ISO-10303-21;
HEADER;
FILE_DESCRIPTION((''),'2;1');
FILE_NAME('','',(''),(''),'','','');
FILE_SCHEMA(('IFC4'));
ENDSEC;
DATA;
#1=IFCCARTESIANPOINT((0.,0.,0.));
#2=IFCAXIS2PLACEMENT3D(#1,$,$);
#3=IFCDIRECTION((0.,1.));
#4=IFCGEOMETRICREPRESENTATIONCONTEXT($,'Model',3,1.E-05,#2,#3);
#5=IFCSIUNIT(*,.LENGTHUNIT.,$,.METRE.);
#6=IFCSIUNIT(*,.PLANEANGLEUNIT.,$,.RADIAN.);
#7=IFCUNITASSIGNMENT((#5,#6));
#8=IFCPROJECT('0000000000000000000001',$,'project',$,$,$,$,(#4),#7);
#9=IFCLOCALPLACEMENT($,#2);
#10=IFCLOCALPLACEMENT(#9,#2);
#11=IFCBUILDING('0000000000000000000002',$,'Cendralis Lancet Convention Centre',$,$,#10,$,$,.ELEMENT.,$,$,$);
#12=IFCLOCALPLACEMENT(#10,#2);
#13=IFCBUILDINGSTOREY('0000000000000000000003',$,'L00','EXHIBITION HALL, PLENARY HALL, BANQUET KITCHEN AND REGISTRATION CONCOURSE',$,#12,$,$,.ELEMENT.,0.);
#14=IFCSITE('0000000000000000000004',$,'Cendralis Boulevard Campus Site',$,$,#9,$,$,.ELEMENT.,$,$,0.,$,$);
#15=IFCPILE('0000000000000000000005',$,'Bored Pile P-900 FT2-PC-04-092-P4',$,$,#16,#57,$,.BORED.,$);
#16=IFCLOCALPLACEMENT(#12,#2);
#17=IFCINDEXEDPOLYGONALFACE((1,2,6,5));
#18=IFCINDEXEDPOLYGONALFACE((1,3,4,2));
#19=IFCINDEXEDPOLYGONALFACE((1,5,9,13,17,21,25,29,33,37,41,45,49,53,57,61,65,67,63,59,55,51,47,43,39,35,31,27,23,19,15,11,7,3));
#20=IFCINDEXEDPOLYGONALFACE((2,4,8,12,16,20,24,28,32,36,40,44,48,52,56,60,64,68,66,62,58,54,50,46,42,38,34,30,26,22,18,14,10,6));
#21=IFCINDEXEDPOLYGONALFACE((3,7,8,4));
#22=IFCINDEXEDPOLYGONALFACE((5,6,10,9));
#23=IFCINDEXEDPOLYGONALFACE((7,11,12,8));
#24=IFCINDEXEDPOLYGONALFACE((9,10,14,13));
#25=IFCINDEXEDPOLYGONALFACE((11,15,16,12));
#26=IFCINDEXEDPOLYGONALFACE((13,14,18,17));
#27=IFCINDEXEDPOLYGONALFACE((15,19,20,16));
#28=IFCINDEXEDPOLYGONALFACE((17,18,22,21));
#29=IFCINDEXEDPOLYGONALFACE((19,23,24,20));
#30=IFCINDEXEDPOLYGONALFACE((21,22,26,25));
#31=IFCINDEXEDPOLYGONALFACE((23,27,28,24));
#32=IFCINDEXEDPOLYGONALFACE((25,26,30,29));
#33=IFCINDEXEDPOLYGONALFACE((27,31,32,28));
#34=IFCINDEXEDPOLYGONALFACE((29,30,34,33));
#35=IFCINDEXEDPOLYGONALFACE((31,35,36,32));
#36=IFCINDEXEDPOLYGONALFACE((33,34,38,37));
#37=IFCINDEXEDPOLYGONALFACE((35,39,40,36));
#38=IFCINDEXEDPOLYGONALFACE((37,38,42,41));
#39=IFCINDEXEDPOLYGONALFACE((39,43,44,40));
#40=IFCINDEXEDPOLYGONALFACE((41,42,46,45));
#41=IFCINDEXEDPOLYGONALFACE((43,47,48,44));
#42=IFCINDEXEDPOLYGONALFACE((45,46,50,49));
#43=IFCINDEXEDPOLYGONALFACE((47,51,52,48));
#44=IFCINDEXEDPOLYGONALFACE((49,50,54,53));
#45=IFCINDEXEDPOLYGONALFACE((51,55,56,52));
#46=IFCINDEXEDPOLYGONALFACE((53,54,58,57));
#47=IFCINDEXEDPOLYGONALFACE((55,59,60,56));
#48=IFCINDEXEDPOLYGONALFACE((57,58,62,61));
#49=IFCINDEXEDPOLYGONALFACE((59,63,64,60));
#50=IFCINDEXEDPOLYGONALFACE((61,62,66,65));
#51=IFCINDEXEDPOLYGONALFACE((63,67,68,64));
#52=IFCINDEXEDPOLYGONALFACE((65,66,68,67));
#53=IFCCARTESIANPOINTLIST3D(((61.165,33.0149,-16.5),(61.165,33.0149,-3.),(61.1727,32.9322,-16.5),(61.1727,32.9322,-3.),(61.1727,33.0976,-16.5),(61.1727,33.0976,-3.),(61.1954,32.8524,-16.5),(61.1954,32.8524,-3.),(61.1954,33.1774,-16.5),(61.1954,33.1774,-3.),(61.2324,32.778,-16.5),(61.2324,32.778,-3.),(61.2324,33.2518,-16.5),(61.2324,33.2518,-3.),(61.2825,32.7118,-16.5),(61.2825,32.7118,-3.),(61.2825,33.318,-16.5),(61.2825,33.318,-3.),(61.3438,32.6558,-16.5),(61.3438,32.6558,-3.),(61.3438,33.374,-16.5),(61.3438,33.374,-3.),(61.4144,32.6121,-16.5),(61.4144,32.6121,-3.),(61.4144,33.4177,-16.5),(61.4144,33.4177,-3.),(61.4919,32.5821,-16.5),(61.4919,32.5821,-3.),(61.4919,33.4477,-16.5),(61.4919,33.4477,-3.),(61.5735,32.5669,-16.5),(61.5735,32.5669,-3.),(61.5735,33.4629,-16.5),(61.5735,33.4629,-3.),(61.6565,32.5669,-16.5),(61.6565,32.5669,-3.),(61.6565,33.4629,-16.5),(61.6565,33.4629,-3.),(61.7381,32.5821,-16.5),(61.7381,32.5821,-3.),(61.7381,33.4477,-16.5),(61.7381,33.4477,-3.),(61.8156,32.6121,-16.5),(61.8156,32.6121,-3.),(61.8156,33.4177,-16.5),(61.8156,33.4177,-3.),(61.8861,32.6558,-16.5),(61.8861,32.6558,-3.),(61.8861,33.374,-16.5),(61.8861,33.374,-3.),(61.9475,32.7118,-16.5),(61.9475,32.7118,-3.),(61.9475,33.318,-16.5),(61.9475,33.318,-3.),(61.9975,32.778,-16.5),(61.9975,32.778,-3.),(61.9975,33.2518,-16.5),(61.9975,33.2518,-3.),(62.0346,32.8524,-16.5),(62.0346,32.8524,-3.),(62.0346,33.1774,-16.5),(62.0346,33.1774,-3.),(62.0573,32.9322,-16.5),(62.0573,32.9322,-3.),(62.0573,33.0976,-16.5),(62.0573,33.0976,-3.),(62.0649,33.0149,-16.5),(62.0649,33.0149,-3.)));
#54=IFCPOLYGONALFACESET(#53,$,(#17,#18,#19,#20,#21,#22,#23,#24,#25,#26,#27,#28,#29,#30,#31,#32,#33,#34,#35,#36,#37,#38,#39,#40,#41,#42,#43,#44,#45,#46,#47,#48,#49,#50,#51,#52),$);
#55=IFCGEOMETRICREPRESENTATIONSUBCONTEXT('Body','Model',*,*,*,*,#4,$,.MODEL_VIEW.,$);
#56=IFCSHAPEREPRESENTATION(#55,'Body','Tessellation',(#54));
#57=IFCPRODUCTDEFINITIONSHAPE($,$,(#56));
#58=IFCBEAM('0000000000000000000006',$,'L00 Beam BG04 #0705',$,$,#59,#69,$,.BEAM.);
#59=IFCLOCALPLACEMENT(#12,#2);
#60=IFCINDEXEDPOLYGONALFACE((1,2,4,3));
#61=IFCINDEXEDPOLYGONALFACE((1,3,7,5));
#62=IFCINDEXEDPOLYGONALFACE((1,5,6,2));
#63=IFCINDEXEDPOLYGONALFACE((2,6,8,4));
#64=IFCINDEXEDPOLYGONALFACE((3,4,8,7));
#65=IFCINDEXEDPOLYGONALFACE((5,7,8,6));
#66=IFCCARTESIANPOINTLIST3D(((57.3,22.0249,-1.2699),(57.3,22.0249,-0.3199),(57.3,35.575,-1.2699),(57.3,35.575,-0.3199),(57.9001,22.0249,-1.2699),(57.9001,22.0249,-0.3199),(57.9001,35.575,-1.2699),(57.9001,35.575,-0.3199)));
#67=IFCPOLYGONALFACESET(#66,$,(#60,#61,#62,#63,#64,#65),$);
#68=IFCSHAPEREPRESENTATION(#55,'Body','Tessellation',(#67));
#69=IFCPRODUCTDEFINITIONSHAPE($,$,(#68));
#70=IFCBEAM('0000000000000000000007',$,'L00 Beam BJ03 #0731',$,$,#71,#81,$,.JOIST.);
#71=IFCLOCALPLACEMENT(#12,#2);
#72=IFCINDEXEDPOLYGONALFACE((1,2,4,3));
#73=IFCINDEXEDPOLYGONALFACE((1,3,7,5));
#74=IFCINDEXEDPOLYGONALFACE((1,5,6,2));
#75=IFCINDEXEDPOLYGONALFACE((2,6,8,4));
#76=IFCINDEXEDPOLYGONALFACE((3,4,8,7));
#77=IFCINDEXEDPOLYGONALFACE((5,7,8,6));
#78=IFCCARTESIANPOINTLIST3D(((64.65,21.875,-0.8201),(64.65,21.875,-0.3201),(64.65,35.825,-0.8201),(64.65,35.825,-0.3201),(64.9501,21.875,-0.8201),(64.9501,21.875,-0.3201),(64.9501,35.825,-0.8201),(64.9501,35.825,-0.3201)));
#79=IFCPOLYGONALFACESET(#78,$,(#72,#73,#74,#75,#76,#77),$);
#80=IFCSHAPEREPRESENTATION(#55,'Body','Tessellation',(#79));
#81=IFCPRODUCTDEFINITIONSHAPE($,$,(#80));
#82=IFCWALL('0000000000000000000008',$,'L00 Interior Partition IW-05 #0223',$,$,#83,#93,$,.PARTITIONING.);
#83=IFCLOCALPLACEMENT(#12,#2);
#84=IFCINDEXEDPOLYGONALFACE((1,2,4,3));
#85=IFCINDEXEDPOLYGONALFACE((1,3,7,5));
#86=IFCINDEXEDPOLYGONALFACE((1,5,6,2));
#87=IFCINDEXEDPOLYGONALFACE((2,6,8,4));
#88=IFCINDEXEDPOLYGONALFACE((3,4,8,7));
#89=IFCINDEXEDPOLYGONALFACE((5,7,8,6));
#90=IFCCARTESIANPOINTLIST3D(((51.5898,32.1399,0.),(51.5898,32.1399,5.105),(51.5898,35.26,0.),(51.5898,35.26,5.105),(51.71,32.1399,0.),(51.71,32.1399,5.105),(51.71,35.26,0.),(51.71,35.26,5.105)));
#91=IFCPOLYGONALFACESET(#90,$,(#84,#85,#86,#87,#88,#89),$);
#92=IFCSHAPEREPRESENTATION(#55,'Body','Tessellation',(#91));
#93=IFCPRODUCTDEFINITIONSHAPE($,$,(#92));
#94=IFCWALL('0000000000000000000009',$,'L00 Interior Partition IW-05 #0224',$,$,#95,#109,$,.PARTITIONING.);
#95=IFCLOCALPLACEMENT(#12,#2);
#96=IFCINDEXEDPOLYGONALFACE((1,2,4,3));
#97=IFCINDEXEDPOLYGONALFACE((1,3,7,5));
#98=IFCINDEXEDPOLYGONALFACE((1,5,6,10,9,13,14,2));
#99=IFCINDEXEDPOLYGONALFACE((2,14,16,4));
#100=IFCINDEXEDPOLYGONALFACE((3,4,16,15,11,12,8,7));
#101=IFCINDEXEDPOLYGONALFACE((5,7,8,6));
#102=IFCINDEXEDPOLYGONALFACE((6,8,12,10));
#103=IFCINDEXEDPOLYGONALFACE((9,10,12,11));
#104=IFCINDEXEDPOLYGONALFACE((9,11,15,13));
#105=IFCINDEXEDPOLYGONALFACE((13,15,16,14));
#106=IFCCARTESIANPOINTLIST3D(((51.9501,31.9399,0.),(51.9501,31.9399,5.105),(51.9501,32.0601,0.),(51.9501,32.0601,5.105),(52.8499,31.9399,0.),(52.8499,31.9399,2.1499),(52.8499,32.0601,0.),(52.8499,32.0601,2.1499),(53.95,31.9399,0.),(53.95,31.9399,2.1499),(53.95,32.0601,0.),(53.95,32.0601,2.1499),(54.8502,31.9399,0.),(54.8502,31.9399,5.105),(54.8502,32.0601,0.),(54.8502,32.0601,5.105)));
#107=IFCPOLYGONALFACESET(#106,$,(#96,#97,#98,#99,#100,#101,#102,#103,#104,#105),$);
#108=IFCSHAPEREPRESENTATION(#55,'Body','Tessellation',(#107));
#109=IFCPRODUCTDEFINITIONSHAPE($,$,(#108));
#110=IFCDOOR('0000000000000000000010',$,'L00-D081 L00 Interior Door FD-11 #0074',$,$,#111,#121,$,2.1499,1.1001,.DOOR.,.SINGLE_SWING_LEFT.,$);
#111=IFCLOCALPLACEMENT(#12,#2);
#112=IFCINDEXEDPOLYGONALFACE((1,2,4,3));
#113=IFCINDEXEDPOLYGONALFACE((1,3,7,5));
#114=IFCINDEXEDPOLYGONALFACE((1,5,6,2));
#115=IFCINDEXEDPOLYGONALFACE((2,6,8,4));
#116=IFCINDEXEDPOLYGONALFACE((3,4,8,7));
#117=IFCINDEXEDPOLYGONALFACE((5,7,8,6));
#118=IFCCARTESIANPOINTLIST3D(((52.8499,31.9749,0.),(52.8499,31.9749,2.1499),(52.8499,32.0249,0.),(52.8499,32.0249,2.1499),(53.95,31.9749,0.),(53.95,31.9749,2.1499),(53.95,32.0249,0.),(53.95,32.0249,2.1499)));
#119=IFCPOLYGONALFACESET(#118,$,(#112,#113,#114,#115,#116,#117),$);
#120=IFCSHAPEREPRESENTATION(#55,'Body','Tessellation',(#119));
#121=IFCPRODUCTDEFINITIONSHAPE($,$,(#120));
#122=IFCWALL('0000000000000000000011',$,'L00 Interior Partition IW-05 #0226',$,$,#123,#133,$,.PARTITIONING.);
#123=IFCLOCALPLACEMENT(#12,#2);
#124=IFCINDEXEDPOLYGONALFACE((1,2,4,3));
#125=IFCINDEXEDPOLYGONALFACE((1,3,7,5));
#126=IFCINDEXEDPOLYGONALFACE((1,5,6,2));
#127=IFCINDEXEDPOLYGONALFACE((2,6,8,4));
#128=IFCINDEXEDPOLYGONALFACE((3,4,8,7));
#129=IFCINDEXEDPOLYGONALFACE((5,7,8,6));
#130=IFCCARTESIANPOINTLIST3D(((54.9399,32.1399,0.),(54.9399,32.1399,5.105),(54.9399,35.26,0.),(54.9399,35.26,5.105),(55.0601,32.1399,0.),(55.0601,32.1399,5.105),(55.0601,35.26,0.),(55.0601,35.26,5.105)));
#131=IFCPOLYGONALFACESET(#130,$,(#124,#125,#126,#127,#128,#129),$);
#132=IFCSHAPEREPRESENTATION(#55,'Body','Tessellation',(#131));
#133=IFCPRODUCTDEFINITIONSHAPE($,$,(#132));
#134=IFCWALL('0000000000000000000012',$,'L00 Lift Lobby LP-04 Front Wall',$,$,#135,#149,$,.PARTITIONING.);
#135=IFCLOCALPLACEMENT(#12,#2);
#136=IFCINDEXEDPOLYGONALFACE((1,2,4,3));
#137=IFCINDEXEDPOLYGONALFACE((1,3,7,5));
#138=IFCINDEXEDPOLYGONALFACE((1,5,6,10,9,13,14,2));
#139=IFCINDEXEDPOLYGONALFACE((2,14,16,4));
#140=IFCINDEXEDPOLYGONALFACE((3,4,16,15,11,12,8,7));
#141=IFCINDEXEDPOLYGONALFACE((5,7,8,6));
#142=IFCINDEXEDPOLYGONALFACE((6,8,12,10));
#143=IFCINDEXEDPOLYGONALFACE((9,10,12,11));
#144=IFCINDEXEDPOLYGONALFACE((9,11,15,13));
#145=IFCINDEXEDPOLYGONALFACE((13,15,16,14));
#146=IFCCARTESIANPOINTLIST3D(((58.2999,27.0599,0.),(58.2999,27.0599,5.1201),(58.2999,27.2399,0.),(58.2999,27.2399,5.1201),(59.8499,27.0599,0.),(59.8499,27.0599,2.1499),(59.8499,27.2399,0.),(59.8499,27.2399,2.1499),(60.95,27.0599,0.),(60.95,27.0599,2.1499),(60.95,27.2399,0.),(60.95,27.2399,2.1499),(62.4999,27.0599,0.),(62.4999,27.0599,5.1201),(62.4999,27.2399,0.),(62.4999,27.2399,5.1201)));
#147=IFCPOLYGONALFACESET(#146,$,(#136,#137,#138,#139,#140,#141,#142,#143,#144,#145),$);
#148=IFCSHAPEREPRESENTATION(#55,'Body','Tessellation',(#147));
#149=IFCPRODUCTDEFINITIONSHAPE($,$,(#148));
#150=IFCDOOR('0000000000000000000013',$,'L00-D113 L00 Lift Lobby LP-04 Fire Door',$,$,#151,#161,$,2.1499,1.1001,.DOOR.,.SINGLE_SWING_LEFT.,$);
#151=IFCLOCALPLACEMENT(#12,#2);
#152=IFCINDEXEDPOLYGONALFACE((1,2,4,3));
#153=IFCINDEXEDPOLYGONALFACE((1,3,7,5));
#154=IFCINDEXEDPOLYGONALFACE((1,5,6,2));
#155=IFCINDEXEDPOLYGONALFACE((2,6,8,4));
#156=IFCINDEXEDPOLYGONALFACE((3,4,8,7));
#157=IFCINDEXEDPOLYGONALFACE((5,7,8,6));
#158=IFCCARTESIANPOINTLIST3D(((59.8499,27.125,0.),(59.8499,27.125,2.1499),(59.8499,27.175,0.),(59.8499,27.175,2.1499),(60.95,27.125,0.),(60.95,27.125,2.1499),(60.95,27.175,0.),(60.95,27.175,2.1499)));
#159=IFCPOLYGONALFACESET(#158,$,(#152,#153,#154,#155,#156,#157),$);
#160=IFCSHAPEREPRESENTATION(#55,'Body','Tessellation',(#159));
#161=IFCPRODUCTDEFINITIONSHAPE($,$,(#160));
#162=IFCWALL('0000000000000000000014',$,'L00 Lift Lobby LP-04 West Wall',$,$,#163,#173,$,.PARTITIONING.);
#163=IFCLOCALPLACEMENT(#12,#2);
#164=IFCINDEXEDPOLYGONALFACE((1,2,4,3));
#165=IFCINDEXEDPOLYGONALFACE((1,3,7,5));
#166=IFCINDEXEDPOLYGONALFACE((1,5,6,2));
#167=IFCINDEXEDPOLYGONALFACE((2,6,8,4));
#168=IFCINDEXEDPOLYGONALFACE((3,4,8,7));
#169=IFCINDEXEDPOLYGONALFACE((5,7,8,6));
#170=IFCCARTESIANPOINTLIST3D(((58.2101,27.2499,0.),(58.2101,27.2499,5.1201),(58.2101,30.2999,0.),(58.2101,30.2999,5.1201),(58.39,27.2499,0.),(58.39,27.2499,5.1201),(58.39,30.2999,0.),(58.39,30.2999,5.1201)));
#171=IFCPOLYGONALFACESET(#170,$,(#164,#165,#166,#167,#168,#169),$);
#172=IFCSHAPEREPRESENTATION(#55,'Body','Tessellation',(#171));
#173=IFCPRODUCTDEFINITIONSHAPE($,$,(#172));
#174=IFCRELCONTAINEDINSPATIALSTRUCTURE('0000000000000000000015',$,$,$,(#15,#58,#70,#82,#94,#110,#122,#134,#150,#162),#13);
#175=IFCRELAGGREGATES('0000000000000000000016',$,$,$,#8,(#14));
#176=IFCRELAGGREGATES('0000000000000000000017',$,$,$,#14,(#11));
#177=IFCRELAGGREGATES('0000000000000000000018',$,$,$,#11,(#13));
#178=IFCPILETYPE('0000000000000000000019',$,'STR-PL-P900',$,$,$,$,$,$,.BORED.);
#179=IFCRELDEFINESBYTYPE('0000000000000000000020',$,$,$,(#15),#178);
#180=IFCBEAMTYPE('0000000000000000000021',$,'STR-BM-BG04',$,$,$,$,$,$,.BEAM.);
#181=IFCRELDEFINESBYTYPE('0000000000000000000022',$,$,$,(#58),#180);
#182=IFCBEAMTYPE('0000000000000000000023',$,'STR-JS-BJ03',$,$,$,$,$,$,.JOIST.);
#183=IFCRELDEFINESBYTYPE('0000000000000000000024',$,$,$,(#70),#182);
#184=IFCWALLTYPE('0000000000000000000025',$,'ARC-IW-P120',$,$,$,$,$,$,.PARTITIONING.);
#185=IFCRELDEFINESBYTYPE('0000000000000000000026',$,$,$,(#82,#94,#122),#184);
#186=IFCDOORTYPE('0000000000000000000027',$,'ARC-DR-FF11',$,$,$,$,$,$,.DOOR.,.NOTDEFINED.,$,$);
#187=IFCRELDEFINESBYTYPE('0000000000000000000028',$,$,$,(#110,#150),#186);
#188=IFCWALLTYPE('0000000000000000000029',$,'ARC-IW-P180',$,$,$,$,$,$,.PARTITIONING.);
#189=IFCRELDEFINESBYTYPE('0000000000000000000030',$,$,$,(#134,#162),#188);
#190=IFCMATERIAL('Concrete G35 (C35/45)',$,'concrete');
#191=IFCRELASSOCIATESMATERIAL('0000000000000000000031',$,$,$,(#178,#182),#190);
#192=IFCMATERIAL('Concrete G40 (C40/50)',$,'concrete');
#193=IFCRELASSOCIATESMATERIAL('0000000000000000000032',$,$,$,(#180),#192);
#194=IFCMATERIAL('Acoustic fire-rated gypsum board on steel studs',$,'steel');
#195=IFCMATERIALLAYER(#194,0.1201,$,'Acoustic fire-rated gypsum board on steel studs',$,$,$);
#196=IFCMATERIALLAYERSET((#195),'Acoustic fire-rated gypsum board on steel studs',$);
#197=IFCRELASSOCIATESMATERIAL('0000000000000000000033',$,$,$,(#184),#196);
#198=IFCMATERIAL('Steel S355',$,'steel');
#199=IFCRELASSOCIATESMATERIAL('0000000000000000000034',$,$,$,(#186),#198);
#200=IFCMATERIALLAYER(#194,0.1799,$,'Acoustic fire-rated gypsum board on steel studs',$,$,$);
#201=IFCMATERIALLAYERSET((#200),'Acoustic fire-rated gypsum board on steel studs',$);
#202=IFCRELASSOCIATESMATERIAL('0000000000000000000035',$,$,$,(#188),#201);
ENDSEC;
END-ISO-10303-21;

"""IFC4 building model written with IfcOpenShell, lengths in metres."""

from ifc_helpers import new_model, si_unit, direction, frame, frame_2d, origin, origin_2d, place, context, subcontext, project, spatial, rectangle, circle, extrude, material, layer, layer_set, material_profile, profile_set, type_object, element, fill, save


model = new_model("IFC4")

# Units and contexts
model_context = context("Model", 3, precision=1e-05, world=origin(), true_north=direction((0.0, 1.0)))
body_context = subcontext(model_context, "Body", "Model", "MODEL_VIEW")
ifc_project = project(units=[si_unit("LENGTHUNIT", "METRE"), si_unit("PLANEANGLEUNIT", "RADIAN")], contexts=[model_context])

# Site, building, storey
site_placement = place(None, origin())
site = spatial("IfcSite", under=ifc_project, at=site_placement, Name="Cendralis Boulevard Campus Site", CompositionType="ELEMENT", RefElevation=0.0)
building_placement = place(site_placement, origin())
building = spatial("IfcBuilding", under=site, at=building_placement, Name="Cendralis Lancet Convention Centre", CompositionType="ELEMENT")
storey_placement = place(building_placement, origin())
storey = spatial("IfcBuildingStorey", under=building, at=storey_placement, Name="L00", Description="EXHIBITION HALL, PLENARY HALL, BANQUET KITCHEN AND REGISTRATION CONCOURSE", CompositionType="ELEMENT", Elevation=0.0)

# Shared definitions
ifc_material_1 = material(Name="Concrete G35 (C35/45)", Category="concrete")

# Pile
ifc_material_profile_1 = material_profile(ifc_material_1, circle(Radius=0.45, at=origin_2d()), Name="BORED PILE D900")
ifc_profile_set_1 = profile_set([ifc_material_profile_1], Name="Concrete G35 (C35/45)")
pile_type_1 = type_object("IfcPileType", Name="STR-PL-P900", PredefinedType="BORED", material=ifc_profile_set_1)
for number, where, z_axis, x_axis, name in (
    (1, (61.615, 33.0149, -3.0), (0.0, 0.0, -1.0), (1.0, 0.0, 0.0), "Bored Pile P-900 FT2-PC-04-092-P4"),
):
    element("IfcPile", number, at=place(storey_placement, frame(where, z_axis=z_axis, x_axis=x_axis)), inside=storey, type_object=pile_type_1, Name=name, PredefinedType="BORED", context=body_context, shape_type="SweptSolid", body=[
        extrude(circle(Radius=0.45, at=origin_2d()), origin(), (0.0, 0.0, 1.0), 13.5),
    ])

# Beams
ifc_material_2 = material(Name="Concrete G40 (C40/50)", Category="concrete")
ifc_material_profile_2 = material_profile(ifc_material_2, rectangle(XDim=0.6001, YDim=0.95, at=origin_2d()), Name="RCB 600x950")
ifc_profile_set_2 = profile_set([ifc_material_profile_2], Name="Concrete G40 (C40/50)")
beam_type_1 = type_object("IfcBeamType", Name="STR-BM-BG04", PredefinedType="BEAM", material=ifc_profile_set_2)
beam_1_placement = place(storey_placement, frame((57.6001, 22.0249, -0.7949), z_axis=(0.0, 1.0, 0.0), x_axis=(-1.0, 0.0, 0.0)))
element("IfcBeam", 2, at=beam_1_placement, inside=storey, type_object=beam_type_1, Name="L00 Beam BG04 #0705", PredefinedType="BEAM", context=body_context, shape_type="SweptSolid", body=[
    extrude(rectangle(XDim=0.6001, YDim=0.95, at=origin_2d()), origin(), (0.0, 0.0, 1.0), 13.55),
])
ifc_material_profile_3 = material_profile(ifc_material_1, rectangle(XDim=0.3, YDim=0.5, at=origin_2d()), Name="RCB 300x500")
ifc_profile_set_3 = profile_set([ifc_material_profile_3], Name="Concrete G35 (C35/45)")
beam_type_2 = type_object("IfcBeamType", Name="STR-JS-BJ03", PredefinedType="JOIST", material=ifc_profile_set_3)
beam_2_placement = place(storey_placement, frame((64.8, 21.875, -0.5701), z_axis=(0.0, 1.0, 0.0), x_axis=(-1.0, 0.0, 0.0)))
element("IfcBeam", 3, at=beam_2_placement, inside=storey, type_object=beam_type_2, Name="L00 Beam BJ03 #0731", PredefinedType="JOIST", context=body_context, shape_type="SweptSolid", body=[
    extrude(rectangle(XDim=0.3, YDim=0.5, at=origin_2d()), origin(), (0.0, 0.0, 1.0), 13.95),
])

# Wall
ifc_material_3 = material(Name="Acoustic fire-rated gypsum board on steel studs", Category="steel")
ifc_layer_1 = layer(ifc_material_3, 0.1201, Name="Acoustic fire-rated gypsum board on steel studs")
ifc_layer_set_1 = layer_set([ifc_layer_1], Name="Acoustic fire-rated gypsum board on steel studs")
wall_type_1 = type_object("IfcWallType", Name="ARC-IW-P120", PredefinedType="PARTITIONING", material=ifc_layer_set_1)
wall_1_placement = place(storey_placement, frame((51.6499, 32.1399, 0.0), z_axis=(0.0, 0.0, 1.0), x_axis=(0.0, 1.0, 0.0)))
element("IfcWall", 4, at=wall_1_placement, inside=storey, type_object=wall_type_1, Name="L00 Interior Partition IW-05 #0223", PredefinedType="PARTITIONING", context=body_context, shape_type="SweptSolid", body=[
    extrude(rectangle(XDim=3.1201, YDim=0.1201, at=frame_2d((1.5601, 0.0))), origin(), (0.0, 0.0, 1.0), 5.105),
])

# Wall, opening, door
wall_2_placement = place(storey_placement, frame((51.95, 32.0, 0.0), z_axis=(0.0, 0.0, 1.0), x_axis=(1.0, 0.0, 0.0)))
wall_2 = element("IfcWall", 5, at=wall_2_placement, inside=storey, type_object=wall_type_1, Name="L00 Interior Partition IW-05 #0224", PredefinedType="PARTITIONING", context=body_context, shape_type="SweptSolid", body=[
    extrude(rectangle(XDim=2.9001, YDim=0.1201, at=frame_2d((1.4502, 0.0))), origin(), (0.0, 0.0, 1.0), 5.105),
])
opening_1_placement = place(wall_2_placement, frame((0.8999, 0.0, 0.0)))
opening_1 = element("IfcOpeningElement", 6, at=opening_1_placement, cuts=wall_2, PredefinedType="OPENING", context=body_context, shape_type="SweptSolid", body=[
    extrude(rectangle(XDim=1.1001, YDim=2.1499, at=frame_2d((0.55, 1.075))), frame((0.0, 0.0701, 0.0), z_axis=(0.0, -1.0, 0.0), x_axis=(1.0, 0.0, 0.0)), (0.0, 0.0, 1.0), 0.1401),
])
ifc_material_4 = material(Name="Steel S355", Category="steel")
door_type_1 = type_object("IfcDoorType", Name="ARC-DR-FF11", OperationType="NOTDEFINED", PredefinedType="DOOR", material=ifc_material_4)
door_1_placement = place(opening_1_placement, origin())
door_1 = element("IfcDoor", 7, at=door_1_placement, inside=storey, type_object=door_type_1, Name="L00-D081 L00 Interior Door FD-11 #0074", OperationType="SINGLE_SWING_LEFT", OverallHeight=2.1499, OverallWidth=1.1001, PredefinedType="DOOR", context=body_context, shape_type="SweptSolid", body=[
    extrude(rectangle(XDim=1.1001, YDim=2.1499, at=frame_2d((0.55, 1.075))), frame((0.0, 0.0249, 0.0), z_axis=(0.0, -1.0, 0.0), x_axis=(1.0, 0.0, 0.0)), (0.0, 0.0, 1.0), 0.05),
])
fill(opening_1, door_1)

# Wall
wall_3_placement = place(storey_placement, frame((55.0, 32.1399, 0.0), z_axis=(0.0, 0.0, 1.0), x_axis=(0.0, 1.0, 0.0)))
element("IfcWall", 8, at=wall_3_placement, inside=storey, type_object=wall_type_1, Name="L00 Interior Partition IW-05 #0226", PredefinedType="PARTITIONING", context=body_context, shape_type="SweptSolid", body=[
    extrude(rectangle(XDim=3.1201, YDim=0.1201, at=frame_2d((1.5601, 0.0))), origin(), (0.0, 0.0, 1.0), 5.105),
])

# Wall, opening, door
ifc_layer_2 = layer(ifc_material_3, 0.1799, Name="Acoustic fire-rated gypsum board on steel studs")
ifc_layer_set_2 = layer_set([ifc_layer_2], Name="Acoustic fire-rated gypsum board on steel studs")
wall_type_2 = type_object("IfcWallType", Name="ARC-IW-P180", PredefinedType="PARTITIONING", material=ifc_layer_set_2)
wall_4_placement = place(storey_placement, frame((62.5, 27.1499, 0.0), z_axis=(0.0, 0.0, 1.0), x_axis=(-1.0, 0.0, 0.0)))
wall_4 = element("IfcWall", 9, at=wall_4_placement, inside=storey, type_object=wall_type_2, Name="L00 Lift Lobby LP-04 Front Wall", PredefinedType="PARTITIONING", context=body_context, shape_type="SweptSolid", body=[
    extrude(rectangle(XDim=4.2, YDim=0.1799, at=frame_2d((2.1001, 0.0))), origin(), (0.0, 0.0, 1.0), 5.1201),
])
opening_2_placement = place(wall_4_placement, frame((1.55, 0.0, 0.0)))
opening_2 = element("IfcOpeningElement", 10, at=opening_2_placement, cuts=wall_4, PredefinedType="OPENING", context=body_context, shape_type="SweptSolid", body=[
    extrude(rectangle(XDim=1.1001, YDim=2.1499, at=frame_2d((0.55, 1.075))), frame((0.0, 0.0999, 0.0), z_axis=(0.0, -1.0, 0.0), x_axis=(1.0, 0.0, 0.0)), (0.0, 0.0, 1.0), 0.2),
])
door_2_placement = place(opening_2_placement, origin())
door_2 = element("IfcDoor", 11, at=door_2_placement, inside=storey, type_object=door_type_1, Name="L00-D113 L00 Lift Lobby LP-04 Fire Door", OperationType="SINGLE_SWING_LEFT", OverallHeight=2.1499, OverallWidth=1.1001, PredefinedType="DOOR", context=body_context, shape_type="SweptSolid", body=[
    extrude(rectangle(XDim=1.1001, YDim=2.1499, at=frame_2d((0.55, 1.075))), frame((0.0, 0.0249, 0.0), z_axis=(0.0, -1.0, 0.0), x_axis=(1.0, 0.0, 0.0)), (0.0, 0.0, 1.0), 0.05),
])
fill(opening_2, door_2)

# Wall
for number, where, z_axis, x_axis, name in (
    (12, (58.3, 27.25, 0.0), (0.0, 0.0, 1.0), (0.0, 1.0, 0.0), "L00 Lift Lobby LP-04 West Wall"),
):
    element("IfcWall", number, at=place(storey_placement, frame(where, z_axis=z_axis, x_axis=x_axis)), inside=storey, type_object=wall_type_2, Name=name, PredefinedType="PARTITIONING", context=body_context, shape_type="SweptSolid", body=[
        extrude(rectangle(XDim=3.05, YDim=0.1799, at=frame_2d((1.5249, 0.0))), origin(), (0.0, 0.0, 1.0), 5.1201),
    ])

save(model, "model.ifc")
